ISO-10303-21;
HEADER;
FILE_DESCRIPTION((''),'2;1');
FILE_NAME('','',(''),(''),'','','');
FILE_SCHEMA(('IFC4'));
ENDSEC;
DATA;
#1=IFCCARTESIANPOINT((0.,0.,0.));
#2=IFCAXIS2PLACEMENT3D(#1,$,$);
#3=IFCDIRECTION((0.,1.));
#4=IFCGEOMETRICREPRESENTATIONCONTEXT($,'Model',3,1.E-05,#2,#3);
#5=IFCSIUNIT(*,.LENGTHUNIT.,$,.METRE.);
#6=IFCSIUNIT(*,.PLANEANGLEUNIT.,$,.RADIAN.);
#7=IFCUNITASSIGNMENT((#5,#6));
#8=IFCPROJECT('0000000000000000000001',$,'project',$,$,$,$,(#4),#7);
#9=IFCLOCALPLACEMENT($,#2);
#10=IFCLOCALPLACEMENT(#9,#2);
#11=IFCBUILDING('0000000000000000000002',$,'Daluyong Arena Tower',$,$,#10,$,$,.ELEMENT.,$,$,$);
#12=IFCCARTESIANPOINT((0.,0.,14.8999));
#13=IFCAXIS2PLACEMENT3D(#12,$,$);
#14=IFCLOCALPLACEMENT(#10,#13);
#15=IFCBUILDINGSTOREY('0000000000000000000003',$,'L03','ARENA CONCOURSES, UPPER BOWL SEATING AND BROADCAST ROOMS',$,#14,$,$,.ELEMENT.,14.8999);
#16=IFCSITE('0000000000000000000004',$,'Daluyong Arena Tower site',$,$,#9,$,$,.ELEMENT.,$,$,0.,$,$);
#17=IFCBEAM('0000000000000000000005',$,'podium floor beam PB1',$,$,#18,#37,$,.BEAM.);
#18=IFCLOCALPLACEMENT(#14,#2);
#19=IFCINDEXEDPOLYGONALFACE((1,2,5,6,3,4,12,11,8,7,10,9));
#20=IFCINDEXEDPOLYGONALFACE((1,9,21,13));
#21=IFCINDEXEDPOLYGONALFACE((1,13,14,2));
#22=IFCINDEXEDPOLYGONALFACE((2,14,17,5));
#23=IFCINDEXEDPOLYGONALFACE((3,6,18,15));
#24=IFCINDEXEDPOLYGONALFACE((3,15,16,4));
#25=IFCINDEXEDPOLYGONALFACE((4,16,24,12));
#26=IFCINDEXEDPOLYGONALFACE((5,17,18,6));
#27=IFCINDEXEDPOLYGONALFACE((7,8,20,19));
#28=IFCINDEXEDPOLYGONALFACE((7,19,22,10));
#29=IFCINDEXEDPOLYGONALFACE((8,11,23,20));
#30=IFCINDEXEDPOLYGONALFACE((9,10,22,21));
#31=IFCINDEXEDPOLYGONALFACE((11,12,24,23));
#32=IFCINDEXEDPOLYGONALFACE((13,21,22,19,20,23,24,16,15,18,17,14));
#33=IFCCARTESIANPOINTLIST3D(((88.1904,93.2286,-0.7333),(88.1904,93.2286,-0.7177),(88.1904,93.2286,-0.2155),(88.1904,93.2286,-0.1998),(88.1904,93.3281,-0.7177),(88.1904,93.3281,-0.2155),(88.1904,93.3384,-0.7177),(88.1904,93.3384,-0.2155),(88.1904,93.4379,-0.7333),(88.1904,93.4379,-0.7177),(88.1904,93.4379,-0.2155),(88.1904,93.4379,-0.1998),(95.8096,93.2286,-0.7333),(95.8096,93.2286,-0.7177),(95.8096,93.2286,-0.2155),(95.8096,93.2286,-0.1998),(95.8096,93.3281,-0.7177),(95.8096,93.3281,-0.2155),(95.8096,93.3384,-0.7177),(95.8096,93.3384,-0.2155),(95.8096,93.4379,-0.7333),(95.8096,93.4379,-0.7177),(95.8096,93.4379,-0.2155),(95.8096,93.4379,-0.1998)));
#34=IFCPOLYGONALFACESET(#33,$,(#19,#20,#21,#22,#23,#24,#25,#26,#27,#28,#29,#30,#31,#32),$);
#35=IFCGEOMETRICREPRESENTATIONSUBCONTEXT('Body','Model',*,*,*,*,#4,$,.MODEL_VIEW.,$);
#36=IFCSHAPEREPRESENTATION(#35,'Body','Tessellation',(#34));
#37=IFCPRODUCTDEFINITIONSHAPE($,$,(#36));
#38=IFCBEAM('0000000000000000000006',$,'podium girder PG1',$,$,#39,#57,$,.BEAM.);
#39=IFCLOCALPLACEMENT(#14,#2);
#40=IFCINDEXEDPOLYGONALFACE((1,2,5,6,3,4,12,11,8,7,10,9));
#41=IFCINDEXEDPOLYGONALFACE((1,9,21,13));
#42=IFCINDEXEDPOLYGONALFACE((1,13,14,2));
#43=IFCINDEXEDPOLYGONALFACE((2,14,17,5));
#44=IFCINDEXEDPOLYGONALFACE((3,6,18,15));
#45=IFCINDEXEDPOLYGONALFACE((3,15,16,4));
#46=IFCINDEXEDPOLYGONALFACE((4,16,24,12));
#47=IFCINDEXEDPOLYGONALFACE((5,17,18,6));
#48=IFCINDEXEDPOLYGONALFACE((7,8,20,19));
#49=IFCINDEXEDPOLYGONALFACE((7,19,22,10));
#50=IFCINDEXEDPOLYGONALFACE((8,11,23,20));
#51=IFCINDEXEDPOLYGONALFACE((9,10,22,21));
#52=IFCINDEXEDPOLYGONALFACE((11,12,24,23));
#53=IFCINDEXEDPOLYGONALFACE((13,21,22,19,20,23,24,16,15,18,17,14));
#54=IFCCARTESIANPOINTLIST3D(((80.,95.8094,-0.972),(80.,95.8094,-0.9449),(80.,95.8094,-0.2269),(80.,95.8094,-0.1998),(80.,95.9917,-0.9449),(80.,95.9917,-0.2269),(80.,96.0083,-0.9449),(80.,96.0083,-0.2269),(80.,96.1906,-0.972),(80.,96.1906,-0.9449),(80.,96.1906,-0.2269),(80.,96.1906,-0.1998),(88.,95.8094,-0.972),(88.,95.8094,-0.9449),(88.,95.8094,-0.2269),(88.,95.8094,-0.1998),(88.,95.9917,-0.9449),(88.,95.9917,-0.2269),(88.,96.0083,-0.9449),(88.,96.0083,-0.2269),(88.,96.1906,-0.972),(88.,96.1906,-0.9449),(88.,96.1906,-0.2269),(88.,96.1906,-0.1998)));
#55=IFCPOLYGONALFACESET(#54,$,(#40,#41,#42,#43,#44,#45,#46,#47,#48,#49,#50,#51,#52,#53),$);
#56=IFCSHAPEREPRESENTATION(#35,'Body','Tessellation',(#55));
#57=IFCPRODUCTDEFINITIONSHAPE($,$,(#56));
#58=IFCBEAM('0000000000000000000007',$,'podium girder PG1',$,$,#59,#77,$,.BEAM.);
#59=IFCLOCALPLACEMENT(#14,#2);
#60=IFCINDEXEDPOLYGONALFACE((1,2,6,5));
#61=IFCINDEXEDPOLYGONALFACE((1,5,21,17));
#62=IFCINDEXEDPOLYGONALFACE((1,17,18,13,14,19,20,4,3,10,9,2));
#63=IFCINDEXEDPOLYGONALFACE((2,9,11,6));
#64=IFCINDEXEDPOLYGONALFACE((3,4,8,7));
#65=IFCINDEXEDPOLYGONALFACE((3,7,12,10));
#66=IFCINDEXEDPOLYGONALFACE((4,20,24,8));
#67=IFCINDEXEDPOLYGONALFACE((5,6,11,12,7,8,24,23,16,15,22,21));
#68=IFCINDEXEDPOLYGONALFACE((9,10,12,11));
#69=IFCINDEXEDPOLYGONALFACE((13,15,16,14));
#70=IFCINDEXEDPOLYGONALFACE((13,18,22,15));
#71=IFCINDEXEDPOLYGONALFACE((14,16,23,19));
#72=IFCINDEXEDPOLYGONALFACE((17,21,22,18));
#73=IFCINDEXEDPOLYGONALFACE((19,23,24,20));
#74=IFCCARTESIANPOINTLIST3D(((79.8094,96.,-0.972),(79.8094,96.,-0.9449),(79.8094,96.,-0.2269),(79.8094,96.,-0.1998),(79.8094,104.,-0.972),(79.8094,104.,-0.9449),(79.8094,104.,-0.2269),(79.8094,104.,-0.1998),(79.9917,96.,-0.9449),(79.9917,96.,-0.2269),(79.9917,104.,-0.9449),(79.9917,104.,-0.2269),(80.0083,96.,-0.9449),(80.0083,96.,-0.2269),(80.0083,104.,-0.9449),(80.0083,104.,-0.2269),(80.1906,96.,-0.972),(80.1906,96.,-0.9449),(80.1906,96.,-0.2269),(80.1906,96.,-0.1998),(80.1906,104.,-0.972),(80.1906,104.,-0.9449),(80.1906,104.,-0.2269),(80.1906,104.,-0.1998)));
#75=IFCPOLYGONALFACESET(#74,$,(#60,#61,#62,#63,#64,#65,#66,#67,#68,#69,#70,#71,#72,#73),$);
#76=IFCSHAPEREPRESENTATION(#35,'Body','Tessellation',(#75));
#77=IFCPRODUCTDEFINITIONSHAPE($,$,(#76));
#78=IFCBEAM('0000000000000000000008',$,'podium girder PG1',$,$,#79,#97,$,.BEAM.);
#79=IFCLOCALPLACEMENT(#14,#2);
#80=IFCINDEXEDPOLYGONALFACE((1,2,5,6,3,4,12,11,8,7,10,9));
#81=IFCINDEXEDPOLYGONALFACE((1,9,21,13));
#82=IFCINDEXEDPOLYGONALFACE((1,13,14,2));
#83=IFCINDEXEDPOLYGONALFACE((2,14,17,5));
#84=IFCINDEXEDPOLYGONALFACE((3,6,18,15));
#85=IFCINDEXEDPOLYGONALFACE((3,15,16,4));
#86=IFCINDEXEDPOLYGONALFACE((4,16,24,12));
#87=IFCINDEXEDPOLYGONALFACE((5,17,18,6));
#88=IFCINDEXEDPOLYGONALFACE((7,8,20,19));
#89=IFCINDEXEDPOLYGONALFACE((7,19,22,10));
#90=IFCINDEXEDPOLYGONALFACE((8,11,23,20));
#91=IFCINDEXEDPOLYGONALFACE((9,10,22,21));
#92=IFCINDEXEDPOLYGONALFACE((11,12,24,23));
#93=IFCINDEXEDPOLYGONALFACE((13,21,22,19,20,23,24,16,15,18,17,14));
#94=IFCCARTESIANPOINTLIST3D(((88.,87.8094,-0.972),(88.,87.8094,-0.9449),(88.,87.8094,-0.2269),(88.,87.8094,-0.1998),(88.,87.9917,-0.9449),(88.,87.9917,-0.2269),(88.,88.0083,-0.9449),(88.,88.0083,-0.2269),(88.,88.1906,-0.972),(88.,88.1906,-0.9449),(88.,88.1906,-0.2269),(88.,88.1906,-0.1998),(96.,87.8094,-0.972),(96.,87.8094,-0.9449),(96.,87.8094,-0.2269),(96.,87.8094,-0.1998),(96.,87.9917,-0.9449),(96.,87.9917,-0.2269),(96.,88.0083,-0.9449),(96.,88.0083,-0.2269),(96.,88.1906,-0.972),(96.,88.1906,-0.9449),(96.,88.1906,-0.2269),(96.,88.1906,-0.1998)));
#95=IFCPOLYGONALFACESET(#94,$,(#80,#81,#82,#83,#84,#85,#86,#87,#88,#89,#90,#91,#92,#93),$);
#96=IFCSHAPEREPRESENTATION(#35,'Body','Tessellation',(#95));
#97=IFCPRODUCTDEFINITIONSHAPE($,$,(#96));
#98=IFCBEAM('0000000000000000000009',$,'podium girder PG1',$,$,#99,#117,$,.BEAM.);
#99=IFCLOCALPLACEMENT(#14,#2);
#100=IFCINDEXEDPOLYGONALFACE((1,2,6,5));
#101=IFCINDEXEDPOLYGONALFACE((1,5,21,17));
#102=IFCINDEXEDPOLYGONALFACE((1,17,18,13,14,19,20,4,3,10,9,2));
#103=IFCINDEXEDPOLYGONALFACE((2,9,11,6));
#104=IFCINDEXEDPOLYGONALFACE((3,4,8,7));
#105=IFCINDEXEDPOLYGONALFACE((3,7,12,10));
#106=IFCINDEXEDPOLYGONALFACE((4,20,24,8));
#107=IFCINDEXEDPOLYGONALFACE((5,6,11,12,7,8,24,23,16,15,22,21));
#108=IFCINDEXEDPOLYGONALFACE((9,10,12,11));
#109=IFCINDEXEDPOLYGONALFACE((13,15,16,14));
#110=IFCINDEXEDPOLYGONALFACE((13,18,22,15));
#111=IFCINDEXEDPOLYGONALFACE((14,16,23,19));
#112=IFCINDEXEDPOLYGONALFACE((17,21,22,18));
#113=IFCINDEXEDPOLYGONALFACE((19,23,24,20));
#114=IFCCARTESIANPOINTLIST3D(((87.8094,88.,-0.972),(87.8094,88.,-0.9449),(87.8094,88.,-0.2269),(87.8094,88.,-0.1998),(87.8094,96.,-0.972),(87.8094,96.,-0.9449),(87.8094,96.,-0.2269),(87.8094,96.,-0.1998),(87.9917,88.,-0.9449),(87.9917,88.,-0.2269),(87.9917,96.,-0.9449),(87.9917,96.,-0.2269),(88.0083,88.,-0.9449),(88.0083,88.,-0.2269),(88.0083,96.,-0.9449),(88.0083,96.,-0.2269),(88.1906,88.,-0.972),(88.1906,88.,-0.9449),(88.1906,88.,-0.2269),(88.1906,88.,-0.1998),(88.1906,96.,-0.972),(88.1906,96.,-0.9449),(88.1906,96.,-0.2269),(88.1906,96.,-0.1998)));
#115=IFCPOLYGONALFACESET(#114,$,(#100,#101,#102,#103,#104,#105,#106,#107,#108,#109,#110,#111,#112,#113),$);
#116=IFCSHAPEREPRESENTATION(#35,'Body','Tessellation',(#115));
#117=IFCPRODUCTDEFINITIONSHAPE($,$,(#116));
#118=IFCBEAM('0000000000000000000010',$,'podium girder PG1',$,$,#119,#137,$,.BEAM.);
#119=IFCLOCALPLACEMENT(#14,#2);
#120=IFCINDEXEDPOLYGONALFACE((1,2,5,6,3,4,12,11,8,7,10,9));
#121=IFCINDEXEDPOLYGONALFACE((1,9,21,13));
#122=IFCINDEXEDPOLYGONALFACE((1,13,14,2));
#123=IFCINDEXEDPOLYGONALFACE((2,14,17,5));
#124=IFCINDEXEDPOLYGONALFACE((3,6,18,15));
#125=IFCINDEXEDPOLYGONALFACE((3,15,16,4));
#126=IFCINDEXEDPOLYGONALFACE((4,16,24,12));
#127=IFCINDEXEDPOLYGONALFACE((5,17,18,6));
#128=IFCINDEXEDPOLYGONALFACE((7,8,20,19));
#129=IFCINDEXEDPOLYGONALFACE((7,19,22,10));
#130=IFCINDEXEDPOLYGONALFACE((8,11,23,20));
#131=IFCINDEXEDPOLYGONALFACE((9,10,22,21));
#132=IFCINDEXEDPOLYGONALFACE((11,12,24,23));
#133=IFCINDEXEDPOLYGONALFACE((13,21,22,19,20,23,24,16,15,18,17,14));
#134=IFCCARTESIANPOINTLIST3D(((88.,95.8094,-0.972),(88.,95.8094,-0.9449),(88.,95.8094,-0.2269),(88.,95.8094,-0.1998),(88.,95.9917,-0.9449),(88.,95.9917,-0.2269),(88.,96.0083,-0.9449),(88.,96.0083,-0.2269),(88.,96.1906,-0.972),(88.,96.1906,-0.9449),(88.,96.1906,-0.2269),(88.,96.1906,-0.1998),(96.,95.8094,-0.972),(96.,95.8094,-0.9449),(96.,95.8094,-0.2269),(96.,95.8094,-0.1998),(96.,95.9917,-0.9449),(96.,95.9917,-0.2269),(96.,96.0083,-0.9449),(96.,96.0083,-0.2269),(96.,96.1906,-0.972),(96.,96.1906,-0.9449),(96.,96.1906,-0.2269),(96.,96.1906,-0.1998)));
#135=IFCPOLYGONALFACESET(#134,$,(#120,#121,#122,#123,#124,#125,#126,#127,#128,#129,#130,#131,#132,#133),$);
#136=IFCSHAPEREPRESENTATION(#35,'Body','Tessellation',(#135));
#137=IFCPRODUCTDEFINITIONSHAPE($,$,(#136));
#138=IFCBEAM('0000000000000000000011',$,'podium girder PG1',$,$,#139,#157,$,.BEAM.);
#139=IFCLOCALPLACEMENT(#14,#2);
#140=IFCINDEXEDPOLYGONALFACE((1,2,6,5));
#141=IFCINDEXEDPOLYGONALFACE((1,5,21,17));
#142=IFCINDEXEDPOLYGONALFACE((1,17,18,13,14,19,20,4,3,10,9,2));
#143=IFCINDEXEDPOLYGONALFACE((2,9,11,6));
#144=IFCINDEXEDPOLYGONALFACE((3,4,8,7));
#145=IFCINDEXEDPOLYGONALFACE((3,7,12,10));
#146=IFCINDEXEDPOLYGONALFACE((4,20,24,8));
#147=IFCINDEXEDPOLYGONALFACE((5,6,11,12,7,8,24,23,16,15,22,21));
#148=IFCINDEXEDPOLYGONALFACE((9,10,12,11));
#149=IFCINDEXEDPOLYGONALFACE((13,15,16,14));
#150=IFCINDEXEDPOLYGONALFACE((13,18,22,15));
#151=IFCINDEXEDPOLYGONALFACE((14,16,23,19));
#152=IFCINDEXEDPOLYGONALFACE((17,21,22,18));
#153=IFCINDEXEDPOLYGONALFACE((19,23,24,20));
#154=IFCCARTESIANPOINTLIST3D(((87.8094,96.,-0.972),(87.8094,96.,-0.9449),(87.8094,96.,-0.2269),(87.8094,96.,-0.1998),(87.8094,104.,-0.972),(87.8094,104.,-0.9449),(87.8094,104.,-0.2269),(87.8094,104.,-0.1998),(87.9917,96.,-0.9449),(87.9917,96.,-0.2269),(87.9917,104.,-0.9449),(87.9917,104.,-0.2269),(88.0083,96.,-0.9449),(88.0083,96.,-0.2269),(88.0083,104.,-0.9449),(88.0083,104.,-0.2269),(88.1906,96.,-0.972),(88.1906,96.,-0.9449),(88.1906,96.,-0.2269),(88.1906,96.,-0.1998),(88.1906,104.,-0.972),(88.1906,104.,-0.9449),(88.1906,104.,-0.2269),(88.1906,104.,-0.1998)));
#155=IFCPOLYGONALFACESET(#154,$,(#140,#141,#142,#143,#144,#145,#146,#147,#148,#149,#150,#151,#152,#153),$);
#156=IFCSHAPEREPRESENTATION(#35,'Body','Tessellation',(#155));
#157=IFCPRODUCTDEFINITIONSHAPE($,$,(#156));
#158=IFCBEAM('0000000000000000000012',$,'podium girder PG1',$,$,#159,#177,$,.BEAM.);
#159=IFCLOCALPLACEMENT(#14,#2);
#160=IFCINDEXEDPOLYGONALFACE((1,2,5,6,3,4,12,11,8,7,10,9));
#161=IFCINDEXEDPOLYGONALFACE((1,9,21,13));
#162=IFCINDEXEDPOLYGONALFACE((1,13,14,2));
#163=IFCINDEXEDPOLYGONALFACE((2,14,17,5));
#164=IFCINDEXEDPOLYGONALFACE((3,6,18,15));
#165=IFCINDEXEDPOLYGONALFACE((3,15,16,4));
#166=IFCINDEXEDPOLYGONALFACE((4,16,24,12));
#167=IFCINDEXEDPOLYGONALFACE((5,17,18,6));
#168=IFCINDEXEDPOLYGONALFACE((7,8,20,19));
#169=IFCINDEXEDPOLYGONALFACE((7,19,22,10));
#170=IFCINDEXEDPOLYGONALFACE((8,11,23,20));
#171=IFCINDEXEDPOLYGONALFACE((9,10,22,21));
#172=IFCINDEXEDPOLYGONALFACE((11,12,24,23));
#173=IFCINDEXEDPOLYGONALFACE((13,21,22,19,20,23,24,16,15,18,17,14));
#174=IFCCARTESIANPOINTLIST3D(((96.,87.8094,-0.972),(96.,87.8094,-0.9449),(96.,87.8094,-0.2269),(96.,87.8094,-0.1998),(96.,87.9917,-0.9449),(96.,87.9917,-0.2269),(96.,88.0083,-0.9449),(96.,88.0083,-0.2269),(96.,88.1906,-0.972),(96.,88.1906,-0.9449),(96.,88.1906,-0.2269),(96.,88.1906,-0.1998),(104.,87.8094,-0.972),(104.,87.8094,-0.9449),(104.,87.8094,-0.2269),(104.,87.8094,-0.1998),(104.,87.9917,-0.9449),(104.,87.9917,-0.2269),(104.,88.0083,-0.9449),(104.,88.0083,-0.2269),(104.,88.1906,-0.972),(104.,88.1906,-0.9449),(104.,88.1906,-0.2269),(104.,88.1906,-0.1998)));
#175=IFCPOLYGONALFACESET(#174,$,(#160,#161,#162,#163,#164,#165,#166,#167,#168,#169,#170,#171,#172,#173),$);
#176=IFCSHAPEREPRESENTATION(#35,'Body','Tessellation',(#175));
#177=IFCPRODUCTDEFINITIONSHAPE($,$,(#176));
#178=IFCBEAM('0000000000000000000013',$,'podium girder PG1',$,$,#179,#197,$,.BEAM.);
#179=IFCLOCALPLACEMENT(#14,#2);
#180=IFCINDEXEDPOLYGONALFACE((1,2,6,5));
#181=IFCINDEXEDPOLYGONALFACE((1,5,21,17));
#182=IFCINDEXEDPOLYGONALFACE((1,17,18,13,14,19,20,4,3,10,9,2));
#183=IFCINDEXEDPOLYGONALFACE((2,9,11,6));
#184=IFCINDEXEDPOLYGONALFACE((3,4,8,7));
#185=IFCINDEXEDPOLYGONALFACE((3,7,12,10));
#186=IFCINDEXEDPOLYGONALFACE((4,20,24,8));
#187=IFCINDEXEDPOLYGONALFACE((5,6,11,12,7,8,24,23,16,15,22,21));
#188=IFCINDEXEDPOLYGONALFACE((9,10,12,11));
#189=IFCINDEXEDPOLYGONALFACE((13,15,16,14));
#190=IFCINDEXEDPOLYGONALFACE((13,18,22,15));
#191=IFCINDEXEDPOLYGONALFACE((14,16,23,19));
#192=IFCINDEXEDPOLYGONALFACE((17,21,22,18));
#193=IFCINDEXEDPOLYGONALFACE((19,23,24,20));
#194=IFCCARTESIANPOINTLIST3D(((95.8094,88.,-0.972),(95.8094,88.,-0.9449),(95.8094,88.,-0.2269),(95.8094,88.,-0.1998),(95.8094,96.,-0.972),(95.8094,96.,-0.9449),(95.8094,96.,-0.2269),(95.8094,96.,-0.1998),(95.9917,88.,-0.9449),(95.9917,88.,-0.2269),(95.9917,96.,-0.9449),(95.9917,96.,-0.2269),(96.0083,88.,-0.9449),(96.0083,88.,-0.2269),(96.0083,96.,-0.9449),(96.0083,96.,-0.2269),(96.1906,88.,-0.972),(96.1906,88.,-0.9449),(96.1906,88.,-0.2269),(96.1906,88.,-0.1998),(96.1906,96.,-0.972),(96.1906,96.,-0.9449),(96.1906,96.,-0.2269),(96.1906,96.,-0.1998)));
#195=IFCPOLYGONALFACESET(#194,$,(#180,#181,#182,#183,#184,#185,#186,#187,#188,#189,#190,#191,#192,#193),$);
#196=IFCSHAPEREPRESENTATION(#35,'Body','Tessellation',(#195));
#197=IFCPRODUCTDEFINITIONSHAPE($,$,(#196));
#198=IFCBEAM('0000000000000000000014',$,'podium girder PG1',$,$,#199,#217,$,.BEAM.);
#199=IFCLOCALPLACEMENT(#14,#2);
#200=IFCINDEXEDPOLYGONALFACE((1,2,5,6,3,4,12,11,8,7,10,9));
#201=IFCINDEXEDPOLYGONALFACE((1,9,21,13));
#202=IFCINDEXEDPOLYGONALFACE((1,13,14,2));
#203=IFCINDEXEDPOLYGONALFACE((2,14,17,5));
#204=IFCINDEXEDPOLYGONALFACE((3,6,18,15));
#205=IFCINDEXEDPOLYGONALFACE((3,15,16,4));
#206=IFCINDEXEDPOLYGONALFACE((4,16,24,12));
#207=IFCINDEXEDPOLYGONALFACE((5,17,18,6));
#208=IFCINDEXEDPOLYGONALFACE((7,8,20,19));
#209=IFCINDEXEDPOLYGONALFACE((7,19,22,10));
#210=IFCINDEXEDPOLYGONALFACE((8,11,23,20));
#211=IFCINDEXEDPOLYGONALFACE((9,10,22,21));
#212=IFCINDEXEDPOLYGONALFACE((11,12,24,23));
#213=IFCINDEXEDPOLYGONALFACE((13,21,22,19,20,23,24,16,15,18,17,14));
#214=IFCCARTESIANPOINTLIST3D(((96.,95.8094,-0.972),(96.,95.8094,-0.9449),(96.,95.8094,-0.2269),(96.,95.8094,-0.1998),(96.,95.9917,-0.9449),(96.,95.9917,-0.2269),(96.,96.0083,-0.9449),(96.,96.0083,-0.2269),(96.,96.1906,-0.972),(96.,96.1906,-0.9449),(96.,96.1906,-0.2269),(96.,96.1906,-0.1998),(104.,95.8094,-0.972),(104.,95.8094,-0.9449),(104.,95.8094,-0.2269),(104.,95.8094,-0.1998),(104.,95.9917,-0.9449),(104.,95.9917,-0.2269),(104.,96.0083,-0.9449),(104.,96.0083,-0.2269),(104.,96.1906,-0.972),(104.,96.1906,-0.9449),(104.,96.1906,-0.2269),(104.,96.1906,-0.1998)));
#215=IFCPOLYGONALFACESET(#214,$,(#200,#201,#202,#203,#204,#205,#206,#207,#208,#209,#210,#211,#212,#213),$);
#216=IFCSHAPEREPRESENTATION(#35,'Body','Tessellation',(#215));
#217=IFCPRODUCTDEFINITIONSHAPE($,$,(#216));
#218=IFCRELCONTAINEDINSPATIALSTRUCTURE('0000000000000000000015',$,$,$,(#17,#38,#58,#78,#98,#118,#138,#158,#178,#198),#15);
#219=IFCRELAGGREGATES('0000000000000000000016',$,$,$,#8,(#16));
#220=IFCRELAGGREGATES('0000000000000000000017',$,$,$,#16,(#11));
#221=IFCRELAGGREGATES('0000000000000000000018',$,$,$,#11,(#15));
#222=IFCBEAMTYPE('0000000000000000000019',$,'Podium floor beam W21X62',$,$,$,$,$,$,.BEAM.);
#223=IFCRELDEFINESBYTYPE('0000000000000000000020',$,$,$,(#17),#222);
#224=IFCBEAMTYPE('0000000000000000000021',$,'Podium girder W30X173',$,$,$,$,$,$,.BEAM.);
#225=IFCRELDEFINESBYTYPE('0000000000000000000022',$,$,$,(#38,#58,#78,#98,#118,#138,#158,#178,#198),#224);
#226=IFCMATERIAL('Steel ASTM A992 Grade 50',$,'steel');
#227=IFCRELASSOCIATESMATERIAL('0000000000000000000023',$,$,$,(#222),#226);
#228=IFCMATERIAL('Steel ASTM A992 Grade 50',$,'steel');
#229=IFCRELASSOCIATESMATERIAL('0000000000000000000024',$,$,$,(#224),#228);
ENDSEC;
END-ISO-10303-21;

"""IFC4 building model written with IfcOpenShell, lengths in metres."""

from ifc_helpers import new_model, si_unit, direction, frame, origin, origin_2d, place, context, subcontext, project, spatial, i_section, extrude, material, material_profile, profile_set, type_object, element, save


model = new_model("IFC4")

# Units and contexts
model_context = context("Model", 3, precision=1e-05, world=origin(), true_north=direction((0.0, 1.0)))
body_context = subcontext(model_context, "Body", "Model", "MODEL_VIEW")
ifc_project = project(units=[si_unit("LENGTHUNIT", "METRE"), si_unit("PLANEANGLEUNIT", "RADIAN")], contexts=[model_context])

# Site, building, storey
site_placement = place(None, origin())
site = spatial("IfcSite", under=ifc_project, at=site_placement, Name="Daluyong Arena Tower site", CompositionType="ELEMENT", RefElevation=0.0)
building_placement = place(site_placement, origin())
building = spatial("IfcBuilding", under=site, at=building_placement, Name="Daluyong Arena Tower", CompositionType="ELEMENT")
storey_placement = place(building_placement, frame((0.0, 0.0, 14.8999)))
storey = spatial("IfcBuildingStorey", under=building, at=storey_placement, Name="L03", Description="ARENA CONCOURSES, UPPER BOWL SEATING AND BROADCAST ROOMS", CompositionType="ELEMENT", Elevation=14.8999)

# Beams
ifc_material_1 = material(Name="Steel ASTM A992 Grade 50", Category="steel")
ifc_material_profile_1 = material_profile(ifc_material_1, i_section(OverallWidth=0.2092, OverallDepth=0.5334, WebThickness=0.0103, FlangeThickness=0.0156, at=origin_2d()))
ifc_profile_set_1 = profile_set([ifc_material_profile_1], Name="Steel ASTM A992 Grade 50")
beam_type_1 = type_object("IfcBeamType", Name="Podium floor beam W21X62", PredefinedType="BEAM", material=ifc_profile_set_1)
for number, where, z_axis, x_axis, name in (
    (1, (88.1904, 93.3333, -0.4666), (1.0, 0.0, 0.0), (0.0, 1.0, 0.0), "podium floor beam PB1"),
):
    element("IfcBeam", number, at=place(storey_placement, frame(where, z_axis=z_axis, x_axis=x_axis)), inside=storey, type_object=beam_type_1, Name=name, PredefinedType="BEAM", context=body_context, shape_type="SweptSolid", body=[
        extrude(i_section(OverallWidth=0.2092, OverallDepth=0.5334, WebThickness=0.0103, FlangeThickness=0.0156, at=origin_2d()), origin(), (0.0, 0.0, 1.0), 7.6191),
    ])
ifc_material_2 = material(Name="Steel ASTM A992 Grade 50", Category="steel")
ifc_material_profile_2 = material_profile(ifc_material_2, i_section(OverallWidth=0.3811, OverallDepth=0.7722, WebThickness=0.0166, FlangeThickness=0.0271, at=origin_2d()))
ifc_profile_set_2 = profile_set([ifc_material_profile_2], Name="Steel ASTM A992 Grade 50")
beam_type_2 = type_object("IfcBeamType", Name="Podium girder W30X173", PredefinedType="BEAM", material=ifc_profile_set_2)
for number, where, z_axis, x_axis, name in (
    (2, (80.0, 96.0, -0.5859), (1.0, 0.0, 0.0), (0.0, 1.0, 0.0), "podium girder PG1"),
    (3, (80.0, 96.0, -0.5859), (0.0, 1.0, 0.0), (-1.0, 0.0, 0.0), "podium girder PG1"),
    (4, (88.0, 88.0, -0.5859), (1.0, 0.0, 0.0), (0.0, 1.0, 0.0), "podium girder PG1"),
    (5, (88.0, 88.0, -0.5859), (0.0, 1.0, 0.0), (-1.0, 0.0, 0.0), "podium girder PG1"),
    (6, (88.0, 96.0, -0.5859), (1.0, 0.0, 0.0), (0.0, 1.0, 0.0), "podium girder PG1"),
    (7, (88.0, 96.0, -0.5859), (0.0, 1.0, 0.0), (-1.0, 0.0, 0.0), "podium girder PG1"),
    (8, (96.0, 88.0, -0.5859), (1.0, 0.0, 0.0), (0.0, 1.0, 0.0), "podium girder PG1"),
    (9, (96.0, 88.0, -0.5859), (0.0, 1.0, 0.0), (-1.0, 0.0, 0.0), "podium girder PG1"),
    (10, (96.0, 96.0, -0.5859), (1.0, 0.0, 0.0), (0.0, 1.0, 0.0), "podium girder PG1"),
):
    element("IfcBeam", number, at=place(storey_placement, frame(where, z_axis=z_axis, x_axis=x_axis)), inside=storey, type_object=beam_type_2, Name=name, PredefinedType="BEAM", context=body_context, shape_type="SweptSolid", body=[
        extrude(i_section(OverallWidth=0.3811, OverallDepth=0.7722, WebThickness=0.0166, FlangeThickness=0.0271, at=origin_2d()), origin(), (0.0, 0.0, 1.0), 8.0),
    ])

save(model, "model.ifc")
